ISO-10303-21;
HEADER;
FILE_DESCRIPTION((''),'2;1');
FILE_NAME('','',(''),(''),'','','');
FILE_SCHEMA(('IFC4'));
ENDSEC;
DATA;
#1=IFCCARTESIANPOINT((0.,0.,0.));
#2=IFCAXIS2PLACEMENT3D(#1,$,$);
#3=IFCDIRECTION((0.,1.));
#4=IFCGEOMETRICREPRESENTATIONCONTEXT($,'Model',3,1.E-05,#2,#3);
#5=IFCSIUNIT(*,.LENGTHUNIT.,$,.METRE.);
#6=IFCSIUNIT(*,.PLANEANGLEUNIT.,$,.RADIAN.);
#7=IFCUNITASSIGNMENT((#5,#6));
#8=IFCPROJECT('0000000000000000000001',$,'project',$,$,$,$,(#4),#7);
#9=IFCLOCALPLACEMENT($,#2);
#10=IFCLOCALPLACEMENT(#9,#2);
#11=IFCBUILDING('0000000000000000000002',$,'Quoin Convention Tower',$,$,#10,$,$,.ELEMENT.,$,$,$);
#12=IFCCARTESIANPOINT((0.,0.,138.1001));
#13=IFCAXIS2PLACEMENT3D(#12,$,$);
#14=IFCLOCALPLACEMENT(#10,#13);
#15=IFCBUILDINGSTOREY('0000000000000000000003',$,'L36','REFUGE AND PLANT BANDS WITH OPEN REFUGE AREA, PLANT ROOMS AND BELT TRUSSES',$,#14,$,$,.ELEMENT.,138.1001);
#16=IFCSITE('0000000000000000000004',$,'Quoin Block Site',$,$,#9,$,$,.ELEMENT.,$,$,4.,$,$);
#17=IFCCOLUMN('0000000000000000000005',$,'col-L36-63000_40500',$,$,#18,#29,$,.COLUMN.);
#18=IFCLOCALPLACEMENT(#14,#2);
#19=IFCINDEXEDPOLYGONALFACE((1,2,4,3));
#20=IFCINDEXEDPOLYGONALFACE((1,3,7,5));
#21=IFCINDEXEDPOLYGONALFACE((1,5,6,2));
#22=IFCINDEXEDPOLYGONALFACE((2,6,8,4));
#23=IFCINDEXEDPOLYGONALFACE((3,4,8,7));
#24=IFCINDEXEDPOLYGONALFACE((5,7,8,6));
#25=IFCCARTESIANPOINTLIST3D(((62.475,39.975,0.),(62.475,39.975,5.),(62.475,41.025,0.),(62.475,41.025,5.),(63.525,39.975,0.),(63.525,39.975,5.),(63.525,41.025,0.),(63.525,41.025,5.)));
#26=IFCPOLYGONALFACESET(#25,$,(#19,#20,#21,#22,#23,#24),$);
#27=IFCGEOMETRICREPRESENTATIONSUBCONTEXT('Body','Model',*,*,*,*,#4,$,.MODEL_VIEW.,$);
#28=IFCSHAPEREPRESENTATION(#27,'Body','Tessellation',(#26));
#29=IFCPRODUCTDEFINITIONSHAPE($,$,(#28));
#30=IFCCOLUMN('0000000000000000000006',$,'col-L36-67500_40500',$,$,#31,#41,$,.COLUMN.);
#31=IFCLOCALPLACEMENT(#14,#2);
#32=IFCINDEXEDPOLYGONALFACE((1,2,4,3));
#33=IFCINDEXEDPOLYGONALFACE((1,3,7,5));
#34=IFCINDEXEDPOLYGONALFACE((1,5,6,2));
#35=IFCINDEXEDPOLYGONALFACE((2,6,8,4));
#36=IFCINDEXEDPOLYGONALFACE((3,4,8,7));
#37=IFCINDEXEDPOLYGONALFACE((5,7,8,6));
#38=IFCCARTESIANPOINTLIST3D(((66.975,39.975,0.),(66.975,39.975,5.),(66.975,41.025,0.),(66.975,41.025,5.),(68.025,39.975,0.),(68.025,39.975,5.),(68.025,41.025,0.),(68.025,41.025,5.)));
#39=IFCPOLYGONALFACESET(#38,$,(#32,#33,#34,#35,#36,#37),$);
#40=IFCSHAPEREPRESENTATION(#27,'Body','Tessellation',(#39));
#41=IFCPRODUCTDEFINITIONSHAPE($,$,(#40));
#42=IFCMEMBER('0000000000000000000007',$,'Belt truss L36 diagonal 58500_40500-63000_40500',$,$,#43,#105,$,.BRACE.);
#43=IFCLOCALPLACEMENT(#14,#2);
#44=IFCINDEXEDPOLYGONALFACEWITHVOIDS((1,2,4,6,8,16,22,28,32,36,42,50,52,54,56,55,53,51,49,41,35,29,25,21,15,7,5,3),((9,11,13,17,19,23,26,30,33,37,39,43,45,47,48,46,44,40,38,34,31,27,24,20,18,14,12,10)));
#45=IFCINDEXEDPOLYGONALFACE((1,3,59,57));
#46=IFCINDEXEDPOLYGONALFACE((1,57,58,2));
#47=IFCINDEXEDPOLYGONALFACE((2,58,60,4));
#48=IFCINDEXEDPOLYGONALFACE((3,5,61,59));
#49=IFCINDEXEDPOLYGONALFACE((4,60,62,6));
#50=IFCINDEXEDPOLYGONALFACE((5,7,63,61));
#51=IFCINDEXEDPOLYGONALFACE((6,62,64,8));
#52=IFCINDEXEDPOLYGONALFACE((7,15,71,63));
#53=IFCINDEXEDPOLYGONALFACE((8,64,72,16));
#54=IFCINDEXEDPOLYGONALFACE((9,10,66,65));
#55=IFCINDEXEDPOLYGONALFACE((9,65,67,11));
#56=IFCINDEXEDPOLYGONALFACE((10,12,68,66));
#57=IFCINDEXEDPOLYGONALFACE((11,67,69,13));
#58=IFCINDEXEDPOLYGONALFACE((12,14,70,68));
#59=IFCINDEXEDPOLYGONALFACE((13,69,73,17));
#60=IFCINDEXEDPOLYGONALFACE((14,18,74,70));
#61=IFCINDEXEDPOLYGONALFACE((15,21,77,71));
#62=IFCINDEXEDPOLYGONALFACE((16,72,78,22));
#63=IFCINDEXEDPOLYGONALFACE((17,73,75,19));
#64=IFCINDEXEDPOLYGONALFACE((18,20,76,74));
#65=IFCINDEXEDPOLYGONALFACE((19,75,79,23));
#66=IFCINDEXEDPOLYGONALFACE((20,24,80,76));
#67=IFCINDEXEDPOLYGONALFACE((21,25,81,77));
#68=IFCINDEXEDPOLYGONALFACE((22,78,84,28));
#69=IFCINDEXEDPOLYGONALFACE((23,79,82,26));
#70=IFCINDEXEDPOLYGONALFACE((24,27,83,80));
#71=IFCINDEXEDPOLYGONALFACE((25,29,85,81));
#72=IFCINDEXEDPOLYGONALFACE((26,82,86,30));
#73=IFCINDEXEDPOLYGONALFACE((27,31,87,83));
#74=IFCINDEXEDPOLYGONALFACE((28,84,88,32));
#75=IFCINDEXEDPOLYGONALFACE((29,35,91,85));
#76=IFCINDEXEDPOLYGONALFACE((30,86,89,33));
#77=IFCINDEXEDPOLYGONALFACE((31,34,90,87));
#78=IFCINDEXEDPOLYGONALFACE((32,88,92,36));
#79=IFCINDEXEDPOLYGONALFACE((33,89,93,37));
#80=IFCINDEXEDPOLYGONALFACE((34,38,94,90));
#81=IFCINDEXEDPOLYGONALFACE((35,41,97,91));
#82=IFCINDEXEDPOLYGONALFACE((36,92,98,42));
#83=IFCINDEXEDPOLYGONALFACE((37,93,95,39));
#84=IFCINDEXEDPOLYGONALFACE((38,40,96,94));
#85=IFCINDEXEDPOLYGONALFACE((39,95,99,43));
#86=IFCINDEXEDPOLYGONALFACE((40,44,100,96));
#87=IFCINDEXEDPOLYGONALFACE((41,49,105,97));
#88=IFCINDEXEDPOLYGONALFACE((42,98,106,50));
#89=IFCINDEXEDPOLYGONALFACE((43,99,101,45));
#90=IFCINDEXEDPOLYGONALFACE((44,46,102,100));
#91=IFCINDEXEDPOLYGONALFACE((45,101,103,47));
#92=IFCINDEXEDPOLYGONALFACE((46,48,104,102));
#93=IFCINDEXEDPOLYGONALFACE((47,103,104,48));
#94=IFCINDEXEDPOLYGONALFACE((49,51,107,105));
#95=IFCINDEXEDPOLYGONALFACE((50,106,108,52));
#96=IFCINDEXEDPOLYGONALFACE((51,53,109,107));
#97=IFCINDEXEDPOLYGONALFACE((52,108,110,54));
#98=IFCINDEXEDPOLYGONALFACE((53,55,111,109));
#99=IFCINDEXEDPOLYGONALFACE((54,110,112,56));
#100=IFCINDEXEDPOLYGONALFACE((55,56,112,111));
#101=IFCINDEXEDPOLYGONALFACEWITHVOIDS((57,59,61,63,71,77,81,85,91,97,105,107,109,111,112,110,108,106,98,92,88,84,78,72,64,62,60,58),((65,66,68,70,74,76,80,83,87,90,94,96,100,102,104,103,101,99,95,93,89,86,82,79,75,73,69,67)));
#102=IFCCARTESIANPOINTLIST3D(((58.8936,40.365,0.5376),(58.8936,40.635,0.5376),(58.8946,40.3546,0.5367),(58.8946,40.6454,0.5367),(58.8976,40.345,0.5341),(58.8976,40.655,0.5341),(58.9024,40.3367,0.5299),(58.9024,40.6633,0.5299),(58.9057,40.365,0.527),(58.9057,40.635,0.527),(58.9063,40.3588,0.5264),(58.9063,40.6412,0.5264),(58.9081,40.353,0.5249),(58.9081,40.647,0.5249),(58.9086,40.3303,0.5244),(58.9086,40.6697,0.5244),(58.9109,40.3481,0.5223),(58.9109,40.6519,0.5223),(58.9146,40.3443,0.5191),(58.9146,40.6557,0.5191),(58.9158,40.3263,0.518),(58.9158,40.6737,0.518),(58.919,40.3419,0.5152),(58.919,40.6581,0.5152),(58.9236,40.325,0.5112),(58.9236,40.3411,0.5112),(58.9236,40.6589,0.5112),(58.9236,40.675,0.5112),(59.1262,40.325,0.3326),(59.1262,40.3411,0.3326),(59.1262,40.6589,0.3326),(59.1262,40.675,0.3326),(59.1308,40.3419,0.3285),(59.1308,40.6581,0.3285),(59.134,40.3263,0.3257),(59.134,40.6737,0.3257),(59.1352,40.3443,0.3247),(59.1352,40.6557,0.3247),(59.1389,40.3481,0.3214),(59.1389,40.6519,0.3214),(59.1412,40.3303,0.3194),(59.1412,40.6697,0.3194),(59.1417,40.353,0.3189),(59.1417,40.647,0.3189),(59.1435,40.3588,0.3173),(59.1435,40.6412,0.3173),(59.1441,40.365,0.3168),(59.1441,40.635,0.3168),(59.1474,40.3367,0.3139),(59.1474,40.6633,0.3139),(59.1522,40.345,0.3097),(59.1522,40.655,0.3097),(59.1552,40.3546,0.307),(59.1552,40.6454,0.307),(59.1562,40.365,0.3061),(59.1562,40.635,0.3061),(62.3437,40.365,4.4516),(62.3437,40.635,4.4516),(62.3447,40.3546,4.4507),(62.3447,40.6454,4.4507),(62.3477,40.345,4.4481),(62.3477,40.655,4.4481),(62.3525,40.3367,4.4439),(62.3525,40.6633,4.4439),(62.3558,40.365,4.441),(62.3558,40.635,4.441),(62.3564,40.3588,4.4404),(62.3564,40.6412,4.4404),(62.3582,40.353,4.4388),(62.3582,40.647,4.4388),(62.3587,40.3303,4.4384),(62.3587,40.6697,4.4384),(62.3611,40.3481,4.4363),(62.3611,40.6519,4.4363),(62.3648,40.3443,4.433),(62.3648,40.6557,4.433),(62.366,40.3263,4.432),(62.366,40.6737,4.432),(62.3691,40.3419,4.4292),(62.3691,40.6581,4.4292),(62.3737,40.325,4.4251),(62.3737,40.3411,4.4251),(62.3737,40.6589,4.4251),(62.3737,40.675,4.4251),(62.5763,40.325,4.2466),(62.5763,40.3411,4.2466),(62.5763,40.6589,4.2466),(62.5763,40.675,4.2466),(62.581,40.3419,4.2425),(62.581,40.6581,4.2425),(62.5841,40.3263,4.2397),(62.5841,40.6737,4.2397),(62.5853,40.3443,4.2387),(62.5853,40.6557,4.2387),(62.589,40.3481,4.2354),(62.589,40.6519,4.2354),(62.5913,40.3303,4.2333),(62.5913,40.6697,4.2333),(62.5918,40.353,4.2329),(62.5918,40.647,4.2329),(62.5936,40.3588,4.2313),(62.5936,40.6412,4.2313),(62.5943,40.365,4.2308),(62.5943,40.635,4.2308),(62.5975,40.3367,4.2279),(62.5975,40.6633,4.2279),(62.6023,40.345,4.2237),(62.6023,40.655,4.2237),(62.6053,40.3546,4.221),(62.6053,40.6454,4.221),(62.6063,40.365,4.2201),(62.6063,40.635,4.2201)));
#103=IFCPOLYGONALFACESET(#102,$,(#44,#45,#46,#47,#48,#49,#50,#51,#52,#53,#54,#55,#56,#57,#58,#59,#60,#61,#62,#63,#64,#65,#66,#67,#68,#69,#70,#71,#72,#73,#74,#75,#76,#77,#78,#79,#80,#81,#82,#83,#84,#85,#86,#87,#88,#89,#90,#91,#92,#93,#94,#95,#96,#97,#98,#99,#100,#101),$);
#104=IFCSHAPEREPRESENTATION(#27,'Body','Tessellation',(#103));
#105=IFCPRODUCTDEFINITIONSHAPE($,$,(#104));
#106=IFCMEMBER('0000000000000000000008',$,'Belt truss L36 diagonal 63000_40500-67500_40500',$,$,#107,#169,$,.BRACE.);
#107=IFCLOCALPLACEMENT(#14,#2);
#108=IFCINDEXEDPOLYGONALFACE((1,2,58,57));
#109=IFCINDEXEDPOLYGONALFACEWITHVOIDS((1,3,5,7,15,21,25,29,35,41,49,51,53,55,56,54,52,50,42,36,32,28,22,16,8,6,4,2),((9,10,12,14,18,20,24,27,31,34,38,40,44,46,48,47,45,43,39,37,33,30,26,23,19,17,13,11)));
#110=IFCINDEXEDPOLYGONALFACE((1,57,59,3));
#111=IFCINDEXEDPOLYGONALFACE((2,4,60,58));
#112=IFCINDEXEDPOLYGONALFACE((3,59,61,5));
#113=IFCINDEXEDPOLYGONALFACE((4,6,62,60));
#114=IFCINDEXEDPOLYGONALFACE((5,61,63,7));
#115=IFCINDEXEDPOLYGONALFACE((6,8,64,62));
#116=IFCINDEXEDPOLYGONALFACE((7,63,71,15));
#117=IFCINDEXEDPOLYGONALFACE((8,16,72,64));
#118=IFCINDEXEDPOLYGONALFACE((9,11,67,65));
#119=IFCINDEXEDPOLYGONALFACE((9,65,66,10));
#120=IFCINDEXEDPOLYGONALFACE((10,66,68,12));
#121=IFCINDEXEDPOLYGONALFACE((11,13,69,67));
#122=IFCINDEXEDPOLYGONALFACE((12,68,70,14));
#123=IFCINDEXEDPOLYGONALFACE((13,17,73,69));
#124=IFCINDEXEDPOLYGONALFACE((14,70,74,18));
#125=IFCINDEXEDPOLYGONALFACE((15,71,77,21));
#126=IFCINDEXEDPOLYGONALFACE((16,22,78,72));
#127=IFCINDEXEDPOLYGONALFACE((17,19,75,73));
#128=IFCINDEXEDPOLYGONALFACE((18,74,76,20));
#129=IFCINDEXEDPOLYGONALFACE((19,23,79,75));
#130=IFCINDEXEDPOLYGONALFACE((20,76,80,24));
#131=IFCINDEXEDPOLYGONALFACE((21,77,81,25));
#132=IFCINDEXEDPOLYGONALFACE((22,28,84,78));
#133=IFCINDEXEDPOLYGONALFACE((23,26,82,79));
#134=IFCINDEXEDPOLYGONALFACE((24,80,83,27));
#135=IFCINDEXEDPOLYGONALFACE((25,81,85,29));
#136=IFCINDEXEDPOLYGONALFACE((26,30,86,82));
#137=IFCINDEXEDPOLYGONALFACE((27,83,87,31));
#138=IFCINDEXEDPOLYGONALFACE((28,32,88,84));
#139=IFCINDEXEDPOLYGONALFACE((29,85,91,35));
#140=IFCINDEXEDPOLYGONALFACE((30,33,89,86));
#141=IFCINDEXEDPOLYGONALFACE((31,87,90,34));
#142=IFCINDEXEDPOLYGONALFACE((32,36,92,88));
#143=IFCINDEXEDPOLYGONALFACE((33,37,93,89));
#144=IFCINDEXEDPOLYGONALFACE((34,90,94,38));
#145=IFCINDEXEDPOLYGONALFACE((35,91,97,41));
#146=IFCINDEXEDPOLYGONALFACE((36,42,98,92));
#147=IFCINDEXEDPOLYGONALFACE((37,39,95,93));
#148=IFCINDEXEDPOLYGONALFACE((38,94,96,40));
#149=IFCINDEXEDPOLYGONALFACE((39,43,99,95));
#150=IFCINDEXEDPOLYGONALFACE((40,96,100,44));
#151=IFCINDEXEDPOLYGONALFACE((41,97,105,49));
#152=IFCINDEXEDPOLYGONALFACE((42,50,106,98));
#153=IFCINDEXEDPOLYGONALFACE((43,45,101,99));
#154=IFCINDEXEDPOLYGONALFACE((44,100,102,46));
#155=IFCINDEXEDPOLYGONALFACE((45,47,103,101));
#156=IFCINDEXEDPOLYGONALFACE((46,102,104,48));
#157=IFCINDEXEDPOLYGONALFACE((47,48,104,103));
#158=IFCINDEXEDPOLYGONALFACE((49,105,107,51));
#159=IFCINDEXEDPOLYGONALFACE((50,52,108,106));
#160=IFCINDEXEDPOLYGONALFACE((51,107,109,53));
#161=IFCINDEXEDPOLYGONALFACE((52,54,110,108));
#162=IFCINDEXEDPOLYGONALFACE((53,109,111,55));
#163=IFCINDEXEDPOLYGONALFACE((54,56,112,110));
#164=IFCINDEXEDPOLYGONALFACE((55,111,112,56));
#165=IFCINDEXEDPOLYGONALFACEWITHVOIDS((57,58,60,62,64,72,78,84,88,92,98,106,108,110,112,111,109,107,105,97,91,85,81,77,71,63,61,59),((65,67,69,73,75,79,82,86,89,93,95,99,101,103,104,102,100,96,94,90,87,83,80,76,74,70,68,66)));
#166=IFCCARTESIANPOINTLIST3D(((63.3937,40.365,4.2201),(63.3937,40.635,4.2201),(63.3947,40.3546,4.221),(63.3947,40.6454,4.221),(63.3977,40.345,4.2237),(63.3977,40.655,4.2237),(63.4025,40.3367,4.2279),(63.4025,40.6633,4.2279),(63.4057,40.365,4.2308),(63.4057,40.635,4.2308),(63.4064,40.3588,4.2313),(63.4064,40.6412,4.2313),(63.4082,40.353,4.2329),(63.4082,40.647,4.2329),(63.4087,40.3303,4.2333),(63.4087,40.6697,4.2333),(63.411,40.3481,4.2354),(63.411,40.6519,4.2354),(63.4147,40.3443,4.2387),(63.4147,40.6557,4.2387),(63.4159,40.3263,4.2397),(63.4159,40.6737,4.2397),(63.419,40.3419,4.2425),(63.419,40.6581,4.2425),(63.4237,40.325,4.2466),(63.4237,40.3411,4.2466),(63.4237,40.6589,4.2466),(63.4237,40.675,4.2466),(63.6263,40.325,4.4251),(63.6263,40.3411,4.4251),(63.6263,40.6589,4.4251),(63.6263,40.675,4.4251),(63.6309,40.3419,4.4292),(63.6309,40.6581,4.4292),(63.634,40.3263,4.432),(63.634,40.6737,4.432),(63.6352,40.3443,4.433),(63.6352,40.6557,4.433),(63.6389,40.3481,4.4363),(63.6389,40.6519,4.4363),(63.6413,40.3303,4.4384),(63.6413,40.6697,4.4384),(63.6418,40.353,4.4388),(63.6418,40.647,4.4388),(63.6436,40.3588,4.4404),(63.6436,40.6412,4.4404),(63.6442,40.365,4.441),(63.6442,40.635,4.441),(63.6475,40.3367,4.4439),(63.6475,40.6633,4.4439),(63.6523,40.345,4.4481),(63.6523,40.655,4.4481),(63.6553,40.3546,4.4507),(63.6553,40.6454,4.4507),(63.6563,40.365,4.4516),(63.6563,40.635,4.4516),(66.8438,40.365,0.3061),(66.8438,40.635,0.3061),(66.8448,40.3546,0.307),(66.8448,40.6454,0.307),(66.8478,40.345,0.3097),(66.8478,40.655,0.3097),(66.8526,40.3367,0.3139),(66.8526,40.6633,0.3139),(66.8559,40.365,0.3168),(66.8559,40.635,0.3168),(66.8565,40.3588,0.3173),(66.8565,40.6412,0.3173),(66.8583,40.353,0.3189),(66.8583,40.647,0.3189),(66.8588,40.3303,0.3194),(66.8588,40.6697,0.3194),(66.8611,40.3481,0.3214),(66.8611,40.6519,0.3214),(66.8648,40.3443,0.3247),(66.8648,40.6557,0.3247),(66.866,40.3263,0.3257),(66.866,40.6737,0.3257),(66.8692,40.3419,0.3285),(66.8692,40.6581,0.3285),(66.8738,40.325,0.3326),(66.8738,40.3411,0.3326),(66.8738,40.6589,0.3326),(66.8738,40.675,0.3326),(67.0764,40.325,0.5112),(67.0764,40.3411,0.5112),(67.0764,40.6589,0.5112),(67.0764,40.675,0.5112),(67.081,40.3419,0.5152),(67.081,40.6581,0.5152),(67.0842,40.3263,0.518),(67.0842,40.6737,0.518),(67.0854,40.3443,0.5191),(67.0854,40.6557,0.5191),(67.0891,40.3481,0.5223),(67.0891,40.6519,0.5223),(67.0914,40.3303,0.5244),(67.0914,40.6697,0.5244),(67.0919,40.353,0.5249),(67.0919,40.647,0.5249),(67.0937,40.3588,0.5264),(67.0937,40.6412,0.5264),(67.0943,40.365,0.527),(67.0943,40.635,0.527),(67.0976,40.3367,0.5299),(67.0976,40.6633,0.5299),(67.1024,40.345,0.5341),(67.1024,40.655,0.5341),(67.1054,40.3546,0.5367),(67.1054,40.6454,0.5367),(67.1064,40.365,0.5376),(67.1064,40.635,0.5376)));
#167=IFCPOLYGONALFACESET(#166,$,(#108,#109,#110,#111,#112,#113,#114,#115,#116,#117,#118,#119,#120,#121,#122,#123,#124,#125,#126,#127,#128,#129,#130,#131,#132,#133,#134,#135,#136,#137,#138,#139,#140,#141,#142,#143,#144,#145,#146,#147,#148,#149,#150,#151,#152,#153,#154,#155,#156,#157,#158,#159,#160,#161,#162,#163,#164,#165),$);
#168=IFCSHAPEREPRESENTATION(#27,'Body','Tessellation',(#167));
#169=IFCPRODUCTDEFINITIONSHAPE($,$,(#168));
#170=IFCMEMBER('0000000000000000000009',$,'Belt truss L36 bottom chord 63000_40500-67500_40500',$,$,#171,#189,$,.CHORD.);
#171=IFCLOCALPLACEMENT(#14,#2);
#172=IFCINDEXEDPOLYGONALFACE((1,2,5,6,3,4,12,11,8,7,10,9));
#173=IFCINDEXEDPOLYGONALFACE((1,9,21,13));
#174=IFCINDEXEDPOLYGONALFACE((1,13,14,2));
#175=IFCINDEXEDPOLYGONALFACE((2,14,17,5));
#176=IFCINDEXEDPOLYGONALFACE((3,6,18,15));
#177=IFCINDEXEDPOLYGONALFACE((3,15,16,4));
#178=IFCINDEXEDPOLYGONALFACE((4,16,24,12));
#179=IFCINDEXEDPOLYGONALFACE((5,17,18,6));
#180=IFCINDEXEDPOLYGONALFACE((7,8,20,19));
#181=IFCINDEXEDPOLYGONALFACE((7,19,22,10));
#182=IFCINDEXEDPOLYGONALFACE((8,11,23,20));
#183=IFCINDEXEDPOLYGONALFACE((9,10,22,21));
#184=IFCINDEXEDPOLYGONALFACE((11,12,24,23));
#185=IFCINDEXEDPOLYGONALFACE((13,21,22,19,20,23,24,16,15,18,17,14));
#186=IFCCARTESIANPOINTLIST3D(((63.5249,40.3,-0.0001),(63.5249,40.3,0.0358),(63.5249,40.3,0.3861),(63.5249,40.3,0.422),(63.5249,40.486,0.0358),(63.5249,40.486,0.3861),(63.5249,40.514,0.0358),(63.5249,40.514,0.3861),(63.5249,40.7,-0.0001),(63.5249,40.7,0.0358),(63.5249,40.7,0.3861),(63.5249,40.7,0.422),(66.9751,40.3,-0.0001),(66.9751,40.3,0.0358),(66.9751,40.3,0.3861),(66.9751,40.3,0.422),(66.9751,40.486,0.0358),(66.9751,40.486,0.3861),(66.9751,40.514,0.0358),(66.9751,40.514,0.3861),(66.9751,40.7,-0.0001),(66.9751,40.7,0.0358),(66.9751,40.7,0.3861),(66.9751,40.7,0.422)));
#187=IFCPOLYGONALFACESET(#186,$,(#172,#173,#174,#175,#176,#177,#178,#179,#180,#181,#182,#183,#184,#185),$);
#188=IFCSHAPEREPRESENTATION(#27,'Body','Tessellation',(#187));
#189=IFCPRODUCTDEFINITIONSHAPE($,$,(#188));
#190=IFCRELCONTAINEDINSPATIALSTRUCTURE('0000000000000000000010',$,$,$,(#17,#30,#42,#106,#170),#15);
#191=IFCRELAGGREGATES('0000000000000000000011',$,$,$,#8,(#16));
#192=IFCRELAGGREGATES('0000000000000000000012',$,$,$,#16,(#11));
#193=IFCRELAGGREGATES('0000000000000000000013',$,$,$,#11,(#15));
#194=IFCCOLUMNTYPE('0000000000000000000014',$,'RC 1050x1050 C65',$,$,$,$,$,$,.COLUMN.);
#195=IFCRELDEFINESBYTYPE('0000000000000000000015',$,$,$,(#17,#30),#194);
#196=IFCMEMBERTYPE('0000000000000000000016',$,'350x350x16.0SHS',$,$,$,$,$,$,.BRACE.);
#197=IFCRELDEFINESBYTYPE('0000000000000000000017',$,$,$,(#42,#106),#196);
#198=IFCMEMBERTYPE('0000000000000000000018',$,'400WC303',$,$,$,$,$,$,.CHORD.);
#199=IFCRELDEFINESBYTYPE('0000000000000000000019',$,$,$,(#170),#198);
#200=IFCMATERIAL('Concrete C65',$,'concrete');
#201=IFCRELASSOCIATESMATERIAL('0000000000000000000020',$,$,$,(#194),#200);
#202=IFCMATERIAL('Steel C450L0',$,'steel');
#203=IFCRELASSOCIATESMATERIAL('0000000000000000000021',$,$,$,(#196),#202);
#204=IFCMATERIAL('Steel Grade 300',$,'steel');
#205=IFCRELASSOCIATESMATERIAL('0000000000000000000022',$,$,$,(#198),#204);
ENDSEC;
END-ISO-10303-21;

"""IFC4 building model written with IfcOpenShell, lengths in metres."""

from ifc_helpers import new_model, si_unit, direction, frame, origin, origin_2d, place, context, subcontext, project, spatial, rectangle, hollow_rectangle, i_section, extrude, material, material_profile, profile_set, type_object, element, save


model = new_model("IFC4")

# Units and contexts
model_context = context("Model", 3, precision=1e-05, world=origin(), true_north=direction((0.0, 1.0)))
body_context = subcontext(model_context, "Body", "Model", "MODEL_VIEW")
ifc_project = project(units=[si_unit("LENGTHUNIT", "METRE"), si_unit("PLANEANGLEUNIT", "RADIAN")], contexts=[model_context])

# Site, building, storey
site_placement = place(None, origin())
site = spatial("IfcSite", under=ifc_project, at=site_placement, Name="Quoin Block Site", CompositionType="ELEMENT", RefElevation=4.0)
building_placement = place(site_placement, origin())
building = spatial("IfcBuilding", under=site, at=building_placement, Name="Quoin Convention Tower", CompositionType="ELEMENT")
storey_placement = place(building_placement, frame((0.0, 0.0, 138.1001)))
storey = spatial("IfcBuildingStorey", under=building, at=storey_placement, Name="L36", Description="REFUGE AND PLANT BANDS WITH OPEN REFUGE AREA, PLANT ROOMS AND BELT TRUSSES", CompositionType="ELEMENT", Elevation=138.1001)

# Columns
ifc_material_1 = material(Name="Concrete C65", Category="concrete")
ifc_material_profile_1 = material_profile(ifc_material_1, rectangle(XDim=1.05, YDim=1.05, at=origin_2d()), Name="RC 1050x1050")
ifc_profile_set_1 = profile_set([ifc_material_profile_1], Name="Concrete C65")
column_type = type_object("IfcColumnType", Name="RC 1050x1050 C65", PredefinedType="COLUMN", material=ifc_profile_set_1)
for number, where, z_axis, x_axis, name in (
    (1, (63.0, 40.5, 0.0), (0.0, 0.0, 1.0), (1.0, 0.0, 0.0), "col-L36-63000_40500"),
    (2, (67.5, 40.5, 0.0), (0.0, 0.0, 1.0), (1.0, 0.0, 0.0), "col-L36-67500_40500"),
):
    element("IfcColumn", number, at=place(storey_placement, frame(where, z_axis=z_axis, x_axis=x_axis)), inside=storey, type_object=column_type, Name=name, PredefinedType="COLUMN", context=body_context, shape_type="SweptSolid", body=[
        extrude(rectangle(XDim=1.05, YDim=1.05, at=origin_2d()), origin(), (0.0, 0.0, 1.0), 5.0),
    ])

# Members
ifc_material_2 = material(Name="Steel C450L0", Category="steel")
ifc_material_profile_2 = material_profile(ifc_material_2, hollow_rectangle(XDim=0.3501, YDim=0.3501, WallThickness=0.0161, InnerFilletRadius=0.0239, OuterFilletRadius=0.04, at=origin_2d()), Name="350x350x16.0SHS")
ifc_profile_set_2 = profile_set([ifc_material_profile_2], Name="Steel C450L0")
member_type_1 = type_object("IfcMemberType", Name="350x350x16.0SHS", PredefinedType="BRACE", material=ifc_profile_set_2)
for number, where, z_axis, x_axis, name in (
    (3, (59.0249, 40.5, 0.4219), (0.661256, 0.0, 0.75016), (0.0, 1.0, 0.0), "Belt truss L36 diagonal 58500_40500-63000_40500"),
    (4, (66.9751, 40.5, 0.4219), (-0.661256, 0.0, 0.75016), (0.0, -1.0, 0.0), "Belt truss L36 diagonal 63000_40500-67500_40500"),
):
    element("IfcMember", number, at=place(storey_placement, frame(where, z_axis=z_axis, x_axis=x_axis)), inside=storey, type_object=member_type_1, Name=name, PredefinedType="BRACE", context=body_context, shape_type="SweptSolid", body=[
        extrude(hollow_rectangle(XDim=0.3501, YDim=0.3501, WallThickness=0.0161, InnerFilletRadius=0.0239, OuterFilletRadius=0.04, at=origin_2d()), origin(), (0.0, 0.0, 1.0), 5.2175),
    ])
ifc_material_3 = material(Name="Steel Grade 300", Category="steel")
ifc_material_profile_3 = material_profile(ifc_material_3, i_section(OverallWidth=0.3999, OverallDepth=0.4221, WebThickness=0.0281, FlangeThickness=0.0359, at=origin_2d()), Name="400WC303")
ifc_profile_set_3 = profile_set([ifc_material_profile_3], Name="Steel Grade 300")
member_type_2 = type_object("IfcMemberType", Name="400WC303", PredefinedType="CHORD", material=ifc_profile_set_3)
for number, where, z_axis, x_axis, name in (
    (5, (63.5249, 40.5, 0.2109), (1.0, 0.0, 0.0), (0.0, 1.0, 0.0), "Belt truss L36 bottom chord 63000_40500-67500_40500"),
):
    element("IfcMember", number, at=place(storey_placement, frame(where, z_axis=z_axis, x_axis=x_axis)), inside=storey, type_object=member_type_2, Name=name, PredefinedType="CHORD", context=body_context, shape_type="SweptSolid", body=[
        extrude(i_section(OverallWidth=0.3999, OverallDepth=0.4221, WebThickness=0.0281, FlangeThickness=0.0359, at=origin_2d()), origin(), (0.0, 0.0, 1.0), 3.4502),
    ])

save(model, "model.ifc")
